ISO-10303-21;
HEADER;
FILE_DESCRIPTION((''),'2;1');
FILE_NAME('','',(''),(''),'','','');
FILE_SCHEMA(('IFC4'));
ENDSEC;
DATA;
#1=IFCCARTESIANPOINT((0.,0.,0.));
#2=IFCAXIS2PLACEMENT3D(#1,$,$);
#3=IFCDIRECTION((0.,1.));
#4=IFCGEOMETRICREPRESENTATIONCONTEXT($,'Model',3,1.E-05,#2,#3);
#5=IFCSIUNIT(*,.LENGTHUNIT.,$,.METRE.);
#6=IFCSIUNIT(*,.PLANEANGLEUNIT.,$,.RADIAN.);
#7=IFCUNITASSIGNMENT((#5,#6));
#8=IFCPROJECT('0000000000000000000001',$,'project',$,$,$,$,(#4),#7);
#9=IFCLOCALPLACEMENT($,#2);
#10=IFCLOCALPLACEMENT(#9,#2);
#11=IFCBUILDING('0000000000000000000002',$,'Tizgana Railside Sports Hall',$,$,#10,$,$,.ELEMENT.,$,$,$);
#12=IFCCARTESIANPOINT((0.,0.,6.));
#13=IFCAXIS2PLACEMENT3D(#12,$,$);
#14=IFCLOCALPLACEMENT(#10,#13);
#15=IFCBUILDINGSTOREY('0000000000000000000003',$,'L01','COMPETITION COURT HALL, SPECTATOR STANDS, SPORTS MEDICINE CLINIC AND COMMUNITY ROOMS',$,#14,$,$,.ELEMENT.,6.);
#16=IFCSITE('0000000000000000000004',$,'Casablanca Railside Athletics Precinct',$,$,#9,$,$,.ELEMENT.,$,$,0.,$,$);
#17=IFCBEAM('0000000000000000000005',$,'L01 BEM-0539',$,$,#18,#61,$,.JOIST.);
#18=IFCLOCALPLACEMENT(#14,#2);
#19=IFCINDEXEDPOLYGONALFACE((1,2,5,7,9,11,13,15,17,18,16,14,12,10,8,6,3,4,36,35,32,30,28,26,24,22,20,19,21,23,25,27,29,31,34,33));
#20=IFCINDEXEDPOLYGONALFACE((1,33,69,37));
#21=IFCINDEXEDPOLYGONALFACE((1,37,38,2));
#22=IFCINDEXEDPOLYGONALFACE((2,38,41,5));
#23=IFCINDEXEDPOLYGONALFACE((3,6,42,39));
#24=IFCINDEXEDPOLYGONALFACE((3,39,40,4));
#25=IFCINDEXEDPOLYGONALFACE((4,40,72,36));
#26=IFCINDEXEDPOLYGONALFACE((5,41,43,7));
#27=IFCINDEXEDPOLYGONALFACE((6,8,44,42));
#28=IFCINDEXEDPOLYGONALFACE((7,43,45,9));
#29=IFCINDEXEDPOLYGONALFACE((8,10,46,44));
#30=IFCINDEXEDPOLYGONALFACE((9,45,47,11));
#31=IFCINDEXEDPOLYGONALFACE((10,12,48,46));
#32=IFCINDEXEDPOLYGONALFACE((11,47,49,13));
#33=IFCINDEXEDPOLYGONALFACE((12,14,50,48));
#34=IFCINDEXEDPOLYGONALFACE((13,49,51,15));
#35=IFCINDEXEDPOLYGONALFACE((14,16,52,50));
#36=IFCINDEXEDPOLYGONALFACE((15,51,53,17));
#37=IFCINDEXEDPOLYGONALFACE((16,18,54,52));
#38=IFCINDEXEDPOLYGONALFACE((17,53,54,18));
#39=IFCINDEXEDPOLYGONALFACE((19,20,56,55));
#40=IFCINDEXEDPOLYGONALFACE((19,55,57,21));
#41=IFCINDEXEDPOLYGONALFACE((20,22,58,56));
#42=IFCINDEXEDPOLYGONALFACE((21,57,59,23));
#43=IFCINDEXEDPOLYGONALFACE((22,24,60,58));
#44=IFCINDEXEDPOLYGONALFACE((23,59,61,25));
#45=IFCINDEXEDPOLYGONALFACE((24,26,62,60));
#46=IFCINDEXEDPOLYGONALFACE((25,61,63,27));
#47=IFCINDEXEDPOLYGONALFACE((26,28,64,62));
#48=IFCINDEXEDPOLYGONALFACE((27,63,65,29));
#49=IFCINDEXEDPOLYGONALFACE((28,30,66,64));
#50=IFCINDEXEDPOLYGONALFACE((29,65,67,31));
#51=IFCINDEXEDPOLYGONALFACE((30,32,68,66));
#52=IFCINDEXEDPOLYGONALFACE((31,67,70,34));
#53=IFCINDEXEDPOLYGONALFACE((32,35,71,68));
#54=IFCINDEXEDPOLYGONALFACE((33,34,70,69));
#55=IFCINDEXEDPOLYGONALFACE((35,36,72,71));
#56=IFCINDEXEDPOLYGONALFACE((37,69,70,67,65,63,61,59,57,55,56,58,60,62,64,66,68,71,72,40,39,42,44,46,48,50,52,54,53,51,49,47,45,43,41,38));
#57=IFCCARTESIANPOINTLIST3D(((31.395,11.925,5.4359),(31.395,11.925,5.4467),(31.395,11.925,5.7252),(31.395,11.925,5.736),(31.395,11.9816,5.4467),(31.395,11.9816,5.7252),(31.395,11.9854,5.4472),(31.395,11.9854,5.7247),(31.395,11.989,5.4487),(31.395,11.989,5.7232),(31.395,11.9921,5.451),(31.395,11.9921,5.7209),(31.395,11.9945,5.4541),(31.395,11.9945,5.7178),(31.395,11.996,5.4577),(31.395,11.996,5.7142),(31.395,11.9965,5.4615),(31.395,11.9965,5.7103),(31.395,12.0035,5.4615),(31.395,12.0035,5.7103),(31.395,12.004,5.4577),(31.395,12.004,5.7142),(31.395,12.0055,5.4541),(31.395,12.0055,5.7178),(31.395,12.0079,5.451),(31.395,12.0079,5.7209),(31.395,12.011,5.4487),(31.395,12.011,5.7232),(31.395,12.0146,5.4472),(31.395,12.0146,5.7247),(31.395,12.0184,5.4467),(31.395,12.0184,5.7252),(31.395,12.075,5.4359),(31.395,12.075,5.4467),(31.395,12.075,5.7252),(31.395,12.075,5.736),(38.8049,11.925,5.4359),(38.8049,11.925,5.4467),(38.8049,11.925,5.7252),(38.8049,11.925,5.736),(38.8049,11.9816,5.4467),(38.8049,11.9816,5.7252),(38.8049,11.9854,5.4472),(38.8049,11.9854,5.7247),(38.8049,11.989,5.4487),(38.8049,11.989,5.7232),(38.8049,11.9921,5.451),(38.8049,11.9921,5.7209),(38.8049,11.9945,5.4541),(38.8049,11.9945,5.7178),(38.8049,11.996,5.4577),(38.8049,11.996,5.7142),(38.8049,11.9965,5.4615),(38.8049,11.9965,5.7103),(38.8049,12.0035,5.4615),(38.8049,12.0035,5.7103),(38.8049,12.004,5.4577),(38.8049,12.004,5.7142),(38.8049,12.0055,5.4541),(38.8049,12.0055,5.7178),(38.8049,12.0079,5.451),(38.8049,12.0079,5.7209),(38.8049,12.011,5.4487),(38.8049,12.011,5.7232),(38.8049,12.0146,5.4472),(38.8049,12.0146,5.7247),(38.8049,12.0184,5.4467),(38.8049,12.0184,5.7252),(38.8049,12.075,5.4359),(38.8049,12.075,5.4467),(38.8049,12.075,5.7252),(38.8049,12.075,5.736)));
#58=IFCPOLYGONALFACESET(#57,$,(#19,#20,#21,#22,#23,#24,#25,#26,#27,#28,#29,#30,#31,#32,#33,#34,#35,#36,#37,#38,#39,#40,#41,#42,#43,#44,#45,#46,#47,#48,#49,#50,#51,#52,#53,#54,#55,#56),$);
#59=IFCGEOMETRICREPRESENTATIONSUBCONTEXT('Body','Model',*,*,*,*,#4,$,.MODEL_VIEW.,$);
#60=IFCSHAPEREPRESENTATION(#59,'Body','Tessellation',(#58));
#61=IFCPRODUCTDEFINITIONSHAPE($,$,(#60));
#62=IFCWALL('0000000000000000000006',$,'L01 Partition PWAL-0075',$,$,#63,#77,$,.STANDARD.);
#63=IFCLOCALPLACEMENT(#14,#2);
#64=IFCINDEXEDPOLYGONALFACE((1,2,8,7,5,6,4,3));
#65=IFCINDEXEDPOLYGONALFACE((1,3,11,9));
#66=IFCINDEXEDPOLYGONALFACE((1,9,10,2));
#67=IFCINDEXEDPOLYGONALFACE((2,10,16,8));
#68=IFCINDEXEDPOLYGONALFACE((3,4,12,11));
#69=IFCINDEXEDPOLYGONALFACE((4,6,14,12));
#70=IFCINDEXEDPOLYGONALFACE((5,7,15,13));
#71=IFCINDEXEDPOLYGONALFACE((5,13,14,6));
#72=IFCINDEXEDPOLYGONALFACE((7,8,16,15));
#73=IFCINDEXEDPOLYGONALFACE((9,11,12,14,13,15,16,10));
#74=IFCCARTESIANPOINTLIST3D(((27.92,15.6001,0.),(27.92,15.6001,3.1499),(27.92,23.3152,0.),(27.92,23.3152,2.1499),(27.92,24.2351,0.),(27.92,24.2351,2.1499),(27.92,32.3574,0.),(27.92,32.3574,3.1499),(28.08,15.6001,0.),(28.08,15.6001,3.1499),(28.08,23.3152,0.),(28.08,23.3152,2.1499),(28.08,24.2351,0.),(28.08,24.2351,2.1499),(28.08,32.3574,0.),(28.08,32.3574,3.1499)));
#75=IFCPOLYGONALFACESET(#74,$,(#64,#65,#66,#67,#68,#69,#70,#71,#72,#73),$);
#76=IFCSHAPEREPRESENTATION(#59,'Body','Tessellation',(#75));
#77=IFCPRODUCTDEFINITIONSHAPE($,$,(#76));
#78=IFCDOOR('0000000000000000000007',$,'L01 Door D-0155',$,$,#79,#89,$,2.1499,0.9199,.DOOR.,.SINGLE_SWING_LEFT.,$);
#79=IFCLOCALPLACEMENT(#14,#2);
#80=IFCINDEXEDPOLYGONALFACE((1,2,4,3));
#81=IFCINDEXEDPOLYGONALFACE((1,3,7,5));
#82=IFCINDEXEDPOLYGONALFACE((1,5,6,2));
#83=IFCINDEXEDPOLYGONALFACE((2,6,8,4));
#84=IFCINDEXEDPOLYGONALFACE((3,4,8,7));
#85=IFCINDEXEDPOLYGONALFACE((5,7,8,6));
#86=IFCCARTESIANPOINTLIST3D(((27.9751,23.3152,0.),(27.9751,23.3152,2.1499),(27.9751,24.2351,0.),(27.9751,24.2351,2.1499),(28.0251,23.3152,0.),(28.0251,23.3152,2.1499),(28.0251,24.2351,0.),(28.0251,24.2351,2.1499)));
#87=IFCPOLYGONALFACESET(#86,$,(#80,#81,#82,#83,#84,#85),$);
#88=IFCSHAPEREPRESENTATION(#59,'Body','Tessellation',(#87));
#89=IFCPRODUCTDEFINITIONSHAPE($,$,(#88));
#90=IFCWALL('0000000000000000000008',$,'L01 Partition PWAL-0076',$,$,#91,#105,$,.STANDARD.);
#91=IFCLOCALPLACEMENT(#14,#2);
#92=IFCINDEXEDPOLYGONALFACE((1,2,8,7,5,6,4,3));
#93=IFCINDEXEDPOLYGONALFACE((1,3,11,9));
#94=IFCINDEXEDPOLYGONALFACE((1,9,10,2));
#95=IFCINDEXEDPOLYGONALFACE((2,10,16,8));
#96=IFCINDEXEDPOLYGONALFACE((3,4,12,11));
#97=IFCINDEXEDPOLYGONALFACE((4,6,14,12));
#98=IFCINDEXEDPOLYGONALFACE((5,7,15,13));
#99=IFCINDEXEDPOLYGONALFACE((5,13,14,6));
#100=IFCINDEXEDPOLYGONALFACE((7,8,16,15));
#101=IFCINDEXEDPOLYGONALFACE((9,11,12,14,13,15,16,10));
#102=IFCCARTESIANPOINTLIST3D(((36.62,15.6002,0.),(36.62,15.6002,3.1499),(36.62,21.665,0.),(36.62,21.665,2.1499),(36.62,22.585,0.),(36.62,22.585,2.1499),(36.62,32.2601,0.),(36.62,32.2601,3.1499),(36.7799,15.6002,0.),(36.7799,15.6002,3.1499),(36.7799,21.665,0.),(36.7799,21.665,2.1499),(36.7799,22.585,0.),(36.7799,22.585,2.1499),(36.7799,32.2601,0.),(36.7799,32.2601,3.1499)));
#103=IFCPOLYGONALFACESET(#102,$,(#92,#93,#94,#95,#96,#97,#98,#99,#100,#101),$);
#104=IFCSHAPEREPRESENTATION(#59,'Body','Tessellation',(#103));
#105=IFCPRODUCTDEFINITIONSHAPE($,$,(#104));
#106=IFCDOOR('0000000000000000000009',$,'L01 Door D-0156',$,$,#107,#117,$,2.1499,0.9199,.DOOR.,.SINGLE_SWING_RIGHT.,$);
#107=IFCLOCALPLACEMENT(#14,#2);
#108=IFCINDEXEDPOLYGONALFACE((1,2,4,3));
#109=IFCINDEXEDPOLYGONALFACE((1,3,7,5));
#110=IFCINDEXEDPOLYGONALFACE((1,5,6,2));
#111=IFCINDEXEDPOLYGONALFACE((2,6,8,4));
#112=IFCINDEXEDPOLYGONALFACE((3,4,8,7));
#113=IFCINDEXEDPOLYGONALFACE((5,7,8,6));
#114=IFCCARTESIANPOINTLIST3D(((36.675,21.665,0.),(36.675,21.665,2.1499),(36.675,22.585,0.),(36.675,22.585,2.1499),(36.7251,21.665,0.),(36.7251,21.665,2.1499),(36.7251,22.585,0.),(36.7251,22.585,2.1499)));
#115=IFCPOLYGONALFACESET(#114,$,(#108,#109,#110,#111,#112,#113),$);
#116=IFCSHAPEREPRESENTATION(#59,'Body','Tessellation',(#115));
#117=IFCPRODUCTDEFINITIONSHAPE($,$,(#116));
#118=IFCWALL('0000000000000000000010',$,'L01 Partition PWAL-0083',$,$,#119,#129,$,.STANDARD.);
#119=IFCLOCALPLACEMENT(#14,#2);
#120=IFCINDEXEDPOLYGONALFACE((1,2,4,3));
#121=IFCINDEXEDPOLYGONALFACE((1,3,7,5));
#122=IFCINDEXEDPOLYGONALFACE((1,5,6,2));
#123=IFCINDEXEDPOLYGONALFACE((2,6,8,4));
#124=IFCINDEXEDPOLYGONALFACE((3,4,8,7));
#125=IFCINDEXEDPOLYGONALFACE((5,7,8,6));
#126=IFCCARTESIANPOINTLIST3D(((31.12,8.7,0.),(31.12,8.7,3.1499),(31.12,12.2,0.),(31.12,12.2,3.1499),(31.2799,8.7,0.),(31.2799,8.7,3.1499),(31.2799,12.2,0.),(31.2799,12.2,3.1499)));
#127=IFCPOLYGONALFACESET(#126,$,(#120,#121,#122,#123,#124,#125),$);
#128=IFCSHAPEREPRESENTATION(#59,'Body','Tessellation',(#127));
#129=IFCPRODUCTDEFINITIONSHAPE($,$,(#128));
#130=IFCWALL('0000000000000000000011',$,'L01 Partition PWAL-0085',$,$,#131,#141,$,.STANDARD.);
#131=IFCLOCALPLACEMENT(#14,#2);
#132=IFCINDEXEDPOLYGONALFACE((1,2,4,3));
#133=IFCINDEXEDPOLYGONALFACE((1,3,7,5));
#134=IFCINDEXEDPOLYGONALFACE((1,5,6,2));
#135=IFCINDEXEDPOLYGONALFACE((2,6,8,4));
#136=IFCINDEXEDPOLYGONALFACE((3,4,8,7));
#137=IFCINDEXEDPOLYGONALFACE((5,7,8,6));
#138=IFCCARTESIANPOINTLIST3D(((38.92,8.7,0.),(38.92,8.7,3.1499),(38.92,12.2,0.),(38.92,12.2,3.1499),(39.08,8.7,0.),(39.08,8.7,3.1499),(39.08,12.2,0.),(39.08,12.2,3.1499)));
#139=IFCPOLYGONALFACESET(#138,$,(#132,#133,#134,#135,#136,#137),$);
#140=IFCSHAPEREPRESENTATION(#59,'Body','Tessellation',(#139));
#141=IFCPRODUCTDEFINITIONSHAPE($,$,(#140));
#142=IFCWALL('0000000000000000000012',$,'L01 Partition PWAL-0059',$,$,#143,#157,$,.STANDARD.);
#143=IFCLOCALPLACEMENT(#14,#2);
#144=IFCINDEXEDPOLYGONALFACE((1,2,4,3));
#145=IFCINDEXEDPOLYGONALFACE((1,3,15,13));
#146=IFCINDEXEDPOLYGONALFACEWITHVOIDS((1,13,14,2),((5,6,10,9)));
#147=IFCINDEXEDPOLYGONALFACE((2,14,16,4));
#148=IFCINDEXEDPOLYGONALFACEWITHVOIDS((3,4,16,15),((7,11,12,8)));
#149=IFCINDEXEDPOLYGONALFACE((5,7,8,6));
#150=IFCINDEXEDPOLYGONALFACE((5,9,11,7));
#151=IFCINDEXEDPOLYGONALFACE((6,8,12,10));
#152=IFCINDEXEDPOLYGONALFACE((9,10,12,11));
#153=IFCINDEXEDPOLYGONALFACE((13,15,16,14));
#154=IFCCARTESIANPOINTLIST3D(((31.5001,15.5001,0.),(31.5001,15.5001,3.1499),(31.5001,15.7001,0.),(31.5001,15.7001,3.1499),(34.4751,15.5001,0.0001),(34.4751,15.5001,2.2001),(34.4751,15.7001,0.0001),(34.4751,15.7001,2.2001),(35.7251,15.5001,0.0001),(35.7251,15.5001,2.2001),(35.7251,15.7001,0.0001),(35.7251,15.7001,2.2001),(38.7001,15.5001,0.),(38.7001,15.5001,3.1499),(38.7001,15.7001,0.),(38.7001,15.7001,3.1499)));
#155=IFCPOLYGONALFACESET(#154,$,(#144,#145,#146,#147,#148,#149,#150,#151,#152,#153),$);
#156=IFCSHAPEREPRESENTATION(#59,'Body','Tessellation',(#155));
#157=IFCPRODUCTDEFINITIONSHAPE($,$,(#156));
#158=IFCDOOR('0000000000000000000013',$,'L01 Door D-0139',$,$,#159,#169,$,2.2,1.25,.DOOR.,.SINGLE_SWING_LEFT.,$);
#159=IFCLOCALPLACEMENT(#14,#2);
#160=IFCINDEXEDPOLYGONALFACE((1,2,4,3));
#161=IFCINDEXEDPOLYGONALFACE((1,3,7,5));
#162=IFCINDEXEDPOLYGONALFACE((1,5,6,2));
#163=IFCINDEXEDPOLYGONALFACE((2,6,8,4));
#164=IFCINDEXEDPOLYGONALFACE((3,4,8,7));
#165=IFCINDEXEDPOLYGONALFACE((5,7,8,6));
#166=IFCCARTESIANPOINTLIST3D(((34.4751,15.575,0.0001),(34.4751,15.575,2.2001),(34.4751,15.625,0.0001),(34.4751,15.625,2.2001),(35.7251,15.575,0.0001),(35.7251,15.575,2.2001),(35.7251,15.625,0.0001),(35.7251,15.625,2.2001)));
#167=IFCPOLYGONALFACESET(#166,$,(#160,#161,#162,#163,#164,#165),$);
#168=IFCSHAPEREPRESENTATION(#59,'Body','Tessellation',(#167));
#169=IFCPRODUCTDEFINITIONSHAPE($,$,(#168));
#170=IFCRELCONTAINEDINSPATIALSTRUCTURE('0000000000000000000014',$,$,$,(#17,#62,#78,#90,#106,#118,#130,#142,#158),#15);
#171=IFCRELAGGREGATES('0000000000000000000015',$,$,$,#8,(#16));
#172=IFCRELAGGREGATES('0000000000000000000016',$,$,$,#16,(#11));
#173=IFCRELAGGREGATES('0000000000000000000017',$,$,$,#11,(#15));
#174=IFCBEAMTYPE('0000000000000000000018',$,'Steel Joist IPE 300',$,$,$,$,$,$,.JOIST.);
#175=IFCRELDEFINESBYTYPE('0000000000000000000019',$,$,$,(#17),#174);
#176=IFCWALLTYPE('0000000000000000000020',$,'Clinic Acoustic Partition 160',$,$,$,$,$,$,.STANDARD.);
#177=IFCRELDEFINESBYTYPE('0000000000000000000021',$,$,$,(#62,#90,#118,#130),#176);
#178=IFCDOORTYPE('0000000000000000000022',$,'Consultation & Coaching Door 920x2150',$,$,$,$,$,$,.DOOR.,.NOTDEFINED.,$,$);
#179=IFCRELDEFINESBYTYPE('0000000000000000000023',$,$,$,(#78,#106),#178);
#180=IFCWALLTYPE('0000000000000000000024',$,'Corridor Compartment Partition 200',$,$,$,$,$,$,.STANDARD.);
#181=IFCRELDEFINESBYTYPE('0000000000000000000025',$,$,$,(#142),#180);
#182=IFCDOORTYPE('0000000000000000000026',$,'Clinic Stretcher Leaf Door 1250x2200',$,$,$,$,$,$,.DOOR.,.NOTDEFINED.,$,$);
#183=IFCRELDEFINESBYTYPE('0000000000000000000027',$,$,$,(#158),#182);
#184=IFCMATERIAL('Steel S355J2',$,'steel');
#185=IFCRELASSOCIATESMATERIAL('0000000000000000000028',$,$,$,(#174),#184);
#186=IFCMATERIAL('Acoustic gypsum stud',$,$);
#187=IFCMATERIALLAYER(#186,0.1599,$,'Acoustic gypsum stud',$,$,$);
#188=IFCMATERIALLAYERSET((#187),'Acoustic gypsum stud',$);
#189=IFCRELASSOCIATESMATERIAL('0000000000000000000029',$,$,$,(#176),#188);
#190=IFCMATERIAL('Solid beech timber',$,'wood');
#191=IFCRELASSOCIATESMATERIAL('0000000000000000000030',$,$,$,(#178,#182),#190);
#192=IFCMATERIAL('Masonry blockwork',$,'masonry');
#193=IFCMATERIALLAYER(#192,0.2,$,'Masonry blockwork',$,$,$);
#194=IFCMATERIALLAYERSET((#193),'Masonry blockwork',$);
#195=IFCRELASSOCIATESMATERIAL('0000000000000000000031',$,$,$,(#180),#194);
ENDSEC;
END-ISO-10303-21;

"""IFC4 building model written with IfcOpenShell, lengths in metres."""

from ifc_helpers import new_model, si_unit, direction, frame, frame_2d, origin, origin_2d, place, context, subcontext, project, spatial, rectangle, i_section, extrude, material, layer, layer_set, material_profile, profile_set, type_object, element, fill, save


model = new_model("IFC4")

# Units and contexts
model_context = context("Model", 3, precision=1e-05, world=origin(), true_north=direction((0.0, 1.0)))
body_context = subcontext(model_context, "Body", "Model", "MODEL_VIEW")
ifc_project = project(units=[si_unit("LENGTHUNIT", "METRE"), si_unit("PLANEANGLEUNIT", "RADIAN")], contexts=[model_context])

# Site, building, storey
site_placement = place(None, origin())
site = spatial("IfcSite", under=ifc_project, at=site_placement, Name="Casablanca Railside Athletics Precinct", CompositionType="ELEMENT", RefElevation=0.0)
building_placement = place(site_placement, origin())
building = spatial("IfcBuilding", under=site, at=building_placement, Name="Tizgana Railside Sports Hall", CompositionType="ELEMENT")
storey_placement = place(building_placement, frame((0.0, 0.0, 6.0)))
storey = spatial("IfcBuildingStorey", under=building, at=storey_placement, Name="L01", Description="COMPETITION COURT HALL, SPECTATOR STANDS, SPORTS MEDICINE CLINIC AND COMMUNITY ROOMS", CompositionType="ELEMENT", Elevation=6.0)

# Beam
ifc_material_1 = material(Name="Steel S355J2", Category="steel")
ifc_material_profile_1 = material_profile(ifc_material_1, i_section(OverallWidth=0.1499, OverallDepth=0.3, WebThickness=0.0071, FlangeThickness=0.0107, FilletRadius=0.0149, at=origin_2d()), Name="IPE 300")
ifc_profile_set_1 = profile_set([ifc_material_profile_1], Name="Steel S355J2")
beam_type_1 = type_object("IfcBeamType", Name="Steel Joist IPE 300", PredefinedType="JOIST", material=ifc_profile_set_1)
beam_1_placement = place(storey_placement, frame((31.395, 12.0, 5.5859), z_axis=(1.0, 0.0, 0.0), x_axis=(0.0, 1.0, 0.0)))
element("IfcBeam", 1, at=beam_1_placement, inside=storey, type_object=beam_type_1, Name="L01 BEM-0539", PredefinedType="JOIST", context=body_context, shape_type="SweptSolid", body=[
    extrude(i_section(OverallWidth=0.1499, OverallDepth=0.3, WebThickness=0.0071, FlangeThickness=0.0107, FilletRadius=0.0149, at=origin_2d()), origin(), (0.0, 0.0, 1.0), 7.4099),
])

# Walls, openings, doors
ifc_material_2 = material(Name="Acoustic gypsum stud")
ifc_layer_1 = layer(ifc_material_2, 0.1599, Name="Acoustic gypsum stud")
ifc_layer_set_1 = layer_set([ifc_layer_1], Name="Acoustic gypsum stud")
wall_type_1 = type_object("IfcWallType", Name="Clinic Acoustic Partition 160", PredefinedType="STANDARD", material=ifc_layer_set_1)
wall_1_placement = place(storey_placement, frame((28.0, 15.6001, 0.0), z_axis=(0.0, 0.0, 1.0), x_axis=(0.0, 1.0, 0.0)))
wall_1 = element("IfcWall", 2, at=wall_1_placement, inside=storey, type_object=wall_type_1, Name="L01 Partition PWAL-0075", PredefinedType="STANDARD", context=body_context, shape_type="SweptSolid", body=[
    extrude(rectangle(XDim=16.7573, YDim=0.1599, at=frame_2d((8.3787, 0.0))), origin(), (0.0, 0.0, 1.0), 3.1499),
])
opening_1_placement = place(wall_1_placement, frame((7.7151, 0.0, 0.0)))
opening_1 = element("IfcOpeningElement", 3, at=opening_1_placement, cuts=wall_1, PredefinedType="OPENING", context=body_context, shape_type="SweptSolid", body=[
    extrude(rectangle(XDim=0.9199, YDim=2.1499, at=frame_2d((0.46, 1.075))), frame((0.0, 0.0898, 0.0), z_axis=(0.0, -1.0, 0.0), x_axis=(1.0, 0.0, 0.0)), (0.0, 0.0, 1.0), 0.1799),
])
ifc_material_3 = material(Name="Solid beech timber", Category="wood")
door_type_1 = type_object("IfcDoorType", Name="Consultation & Coaching Door 920x2150", OperationType="NOTDEFINED", PredefinedType="DOOR", material=ifc_material_3)
door_1_placement = place(opening_1_placement, origin())
door_1 = element("IfcDoor", 4, at=door_1_placement, inside=storey, type_object=door_type_1, Name="L01 Door D-0155", OperationType="SINGLE_SWING_LEFT", OverallHeight=2.1499, OverallWidth=0.9199, PredefinedType="DOOR", context=body_context, shape_type="SweptSolid", body=[
    extrude(rectangle(XDim=0.9199, YDim=2.1499, at=frame_2d((0.46, 1.075))), frame((0.0, 0.0249, 0.0), z_axis=(0.0, -1.0, 0.0), x_axis=(1.0, 0.0, 0.0)), (0.0, 0.0, 1.0), 0.05),
])
fill(opening_1, door_1)
wall_2_placement = place(storey_placement, frame((36.7, 15.6001, 0.0), z_axis=(0.0, 0.0, 1.0), x_axis=(0.0, 1.0, 0.0)))
wall_2 = element("IfcWall", 5, at=wall_2_placement, inside=storey, type_object=wall_type_1, Name="L01 Partition PWAL-0076", PredefinedType="STANDARD", context=body_context, shape_type="SweptSolid", body=[
    extrude(rectangle(XDim=16.6599, YDim=0.1599, at=frame_2d((8.3301, 0.0))), origin(), (0.0, 0.0, 1.0), 3.1499),
])
opening_2_placement = place(wall_2_placement, frame((6.0649, 0.0, 0.0)))
opening_2 = element("IfcOpeningElement", 6, at=opening_2_placement, cuts=wall_2, PredefinedType="OPENING", context=body_context, shape_type="SweptSolid", body=[
    extrude(rectangle(XDim=0.9199, YDim=2.1499, at=frame_2d((0.46, 1.075))), frame((0.0, 0.0898, 0.0), z_axis=(0.0, -1.0, 0.0), x_axis=(1.0, 0.0, 0.0)), (0.0, 0.0, 1.0), 0.1799),
])
door_2_placement = place(opening_2_placement, origin())
door_2 = element("IfcDoor", 7, at=door_2_placement, inside=storey, type_object=door_type_1, Name="L01 Door D-0156", OperationType="SINGLE_SWING_RIGHT", OverallHeight=2.1499, OverallWidth=0.9199, PredefinedType="DOOR", context=body_context, shape_type="SweptSolid", body=[
    extrude(rectangle(XDim=0.9199, YDim=2.1499, at=frame_2d((0.46, 1.075))), frame((0.0, 0.0249, 0.0), z_axis=(0.0, -1.0, 0.0), x_axis=(1.0, 0.0, 0.0)), (0.0, 0.0, 1.0), 0.05),
])
fill(opening_2, door_2)

# Walls
for number, where, z_axis, x_axis, name in (
    (8, (31.2, 8.7, 0.0), (0.0, 0.0, 1.0), (0.0, 1.0, 0.0), "L01 Partition PWAL-0083"),
    (9, (39.0, 8.7, 0.0), (0.0, 0.0, 1.0), (0.0, 1.0, 0.0), "L01 Partition PWAL-0085"),
):
    element("IfcWall", number, at=place(storey_placement, frame(where, z_axis=z_axis, x_axis=x_axis)), inside=storey, type_object=wall_type_1, Name=name, PredefinedType="STANDARD", context=body_context, shape_type="SweptSolid", body=[
        extrude(rectangle(XDim=3.5, YDim=0.1599, at=frame_2d((1.75, 0.0))), origin(), (0.0, 0.0, 1.0), 3.1499),
    ])

# Wall, opening, door
ifc_material_4 = material(Name="Masonry blockwork", Category="masonry")
ifc_layer_2 = layer(ifc_material_4, 0.2, Name="Masonry blockwork")
ifc_layer_set_2 = layer_set([ifc_layer_2], Name="Masonry blockwork")
wall_type_2 = type_object("IfcWallType", Name="Corridor Compartment Partition 200", PredefinedType="STANDARD", material=ifc_layer_set_2)
wall_3_placement = place(storey_placement, frame((31.5, 15.6001, 0.0), z_axis=(0.0, 0.0, 1.0), x_axis=(1.0, 0.0, 0.0)))
wall_3 = element("IfcWall", 10, at=wall_3_placement, inside=storey, type_object=wall_type_2, Name="L01 Partition PWAL-0059", PredefinedType="STANDARD", context=body_context, shape_type="SweptSolid", body=[
    extrude(rectangle(XDim=7.2, YDim=0.2, at=frame_2d((3.6001, 0.0))), origin(), (0.0, 0.0, 1.0), 3.1499),
])
opening_3_placement = place(wall_3_placement, frame((2.9751, 0.0, 0.0)))
opening_3 = element("IfcOpeningElement", 11, at=opening_3_placement, cuts=wall_3, PredefinedType="OPENING", context=body_context, shape_type="SweptSolid", body=[
    extrude(rectangle(XDim=1.25, YDim=2.2, at=frame_2d((0.625, 1.1001))), frame((0.0, 0.1099, 0.0), z_axis=(0.0, -1.0, 0.0), x_axis=(1.0, 0.0, 0.0)), (0.0, 0.0, 1.0), 0.22),
])
door_type_2 = type_object("IfcDoorType", Name="Clinic Stretcher Leaf Door 1250x2200", OperationType="NOTDEFINED", PredefinedType="DOOR", material=ifc_material_3)
door_3_placement = place(opening_3_placement, origin())
door_3 = element("IfcDoor", 12, at=door_3_placement, inside=storey, type_object=door_type_2, Name="L01 Door D-0139", OperationType="SINGLE_SWING_LEFT", OverallHeight=2.2, OverallWidth=1.25, PredefinedType="DOOR", context=body_context, shape_type="SweptSolid", body=[
    extrude(rectangle(XDim=1.25, YDim=2.2, at=frame_2d((0.625, 1.1001))), frame((0.0, 0.0249, 0.0), z_axis=(0.0, -1.0, 0.0), x_axis=(1.0, 0.0, 0.0)), (0.0, 0.0, 1.0), 0.05),
])
fill(opening_3, door_3)

save(model, "model.ifc")
